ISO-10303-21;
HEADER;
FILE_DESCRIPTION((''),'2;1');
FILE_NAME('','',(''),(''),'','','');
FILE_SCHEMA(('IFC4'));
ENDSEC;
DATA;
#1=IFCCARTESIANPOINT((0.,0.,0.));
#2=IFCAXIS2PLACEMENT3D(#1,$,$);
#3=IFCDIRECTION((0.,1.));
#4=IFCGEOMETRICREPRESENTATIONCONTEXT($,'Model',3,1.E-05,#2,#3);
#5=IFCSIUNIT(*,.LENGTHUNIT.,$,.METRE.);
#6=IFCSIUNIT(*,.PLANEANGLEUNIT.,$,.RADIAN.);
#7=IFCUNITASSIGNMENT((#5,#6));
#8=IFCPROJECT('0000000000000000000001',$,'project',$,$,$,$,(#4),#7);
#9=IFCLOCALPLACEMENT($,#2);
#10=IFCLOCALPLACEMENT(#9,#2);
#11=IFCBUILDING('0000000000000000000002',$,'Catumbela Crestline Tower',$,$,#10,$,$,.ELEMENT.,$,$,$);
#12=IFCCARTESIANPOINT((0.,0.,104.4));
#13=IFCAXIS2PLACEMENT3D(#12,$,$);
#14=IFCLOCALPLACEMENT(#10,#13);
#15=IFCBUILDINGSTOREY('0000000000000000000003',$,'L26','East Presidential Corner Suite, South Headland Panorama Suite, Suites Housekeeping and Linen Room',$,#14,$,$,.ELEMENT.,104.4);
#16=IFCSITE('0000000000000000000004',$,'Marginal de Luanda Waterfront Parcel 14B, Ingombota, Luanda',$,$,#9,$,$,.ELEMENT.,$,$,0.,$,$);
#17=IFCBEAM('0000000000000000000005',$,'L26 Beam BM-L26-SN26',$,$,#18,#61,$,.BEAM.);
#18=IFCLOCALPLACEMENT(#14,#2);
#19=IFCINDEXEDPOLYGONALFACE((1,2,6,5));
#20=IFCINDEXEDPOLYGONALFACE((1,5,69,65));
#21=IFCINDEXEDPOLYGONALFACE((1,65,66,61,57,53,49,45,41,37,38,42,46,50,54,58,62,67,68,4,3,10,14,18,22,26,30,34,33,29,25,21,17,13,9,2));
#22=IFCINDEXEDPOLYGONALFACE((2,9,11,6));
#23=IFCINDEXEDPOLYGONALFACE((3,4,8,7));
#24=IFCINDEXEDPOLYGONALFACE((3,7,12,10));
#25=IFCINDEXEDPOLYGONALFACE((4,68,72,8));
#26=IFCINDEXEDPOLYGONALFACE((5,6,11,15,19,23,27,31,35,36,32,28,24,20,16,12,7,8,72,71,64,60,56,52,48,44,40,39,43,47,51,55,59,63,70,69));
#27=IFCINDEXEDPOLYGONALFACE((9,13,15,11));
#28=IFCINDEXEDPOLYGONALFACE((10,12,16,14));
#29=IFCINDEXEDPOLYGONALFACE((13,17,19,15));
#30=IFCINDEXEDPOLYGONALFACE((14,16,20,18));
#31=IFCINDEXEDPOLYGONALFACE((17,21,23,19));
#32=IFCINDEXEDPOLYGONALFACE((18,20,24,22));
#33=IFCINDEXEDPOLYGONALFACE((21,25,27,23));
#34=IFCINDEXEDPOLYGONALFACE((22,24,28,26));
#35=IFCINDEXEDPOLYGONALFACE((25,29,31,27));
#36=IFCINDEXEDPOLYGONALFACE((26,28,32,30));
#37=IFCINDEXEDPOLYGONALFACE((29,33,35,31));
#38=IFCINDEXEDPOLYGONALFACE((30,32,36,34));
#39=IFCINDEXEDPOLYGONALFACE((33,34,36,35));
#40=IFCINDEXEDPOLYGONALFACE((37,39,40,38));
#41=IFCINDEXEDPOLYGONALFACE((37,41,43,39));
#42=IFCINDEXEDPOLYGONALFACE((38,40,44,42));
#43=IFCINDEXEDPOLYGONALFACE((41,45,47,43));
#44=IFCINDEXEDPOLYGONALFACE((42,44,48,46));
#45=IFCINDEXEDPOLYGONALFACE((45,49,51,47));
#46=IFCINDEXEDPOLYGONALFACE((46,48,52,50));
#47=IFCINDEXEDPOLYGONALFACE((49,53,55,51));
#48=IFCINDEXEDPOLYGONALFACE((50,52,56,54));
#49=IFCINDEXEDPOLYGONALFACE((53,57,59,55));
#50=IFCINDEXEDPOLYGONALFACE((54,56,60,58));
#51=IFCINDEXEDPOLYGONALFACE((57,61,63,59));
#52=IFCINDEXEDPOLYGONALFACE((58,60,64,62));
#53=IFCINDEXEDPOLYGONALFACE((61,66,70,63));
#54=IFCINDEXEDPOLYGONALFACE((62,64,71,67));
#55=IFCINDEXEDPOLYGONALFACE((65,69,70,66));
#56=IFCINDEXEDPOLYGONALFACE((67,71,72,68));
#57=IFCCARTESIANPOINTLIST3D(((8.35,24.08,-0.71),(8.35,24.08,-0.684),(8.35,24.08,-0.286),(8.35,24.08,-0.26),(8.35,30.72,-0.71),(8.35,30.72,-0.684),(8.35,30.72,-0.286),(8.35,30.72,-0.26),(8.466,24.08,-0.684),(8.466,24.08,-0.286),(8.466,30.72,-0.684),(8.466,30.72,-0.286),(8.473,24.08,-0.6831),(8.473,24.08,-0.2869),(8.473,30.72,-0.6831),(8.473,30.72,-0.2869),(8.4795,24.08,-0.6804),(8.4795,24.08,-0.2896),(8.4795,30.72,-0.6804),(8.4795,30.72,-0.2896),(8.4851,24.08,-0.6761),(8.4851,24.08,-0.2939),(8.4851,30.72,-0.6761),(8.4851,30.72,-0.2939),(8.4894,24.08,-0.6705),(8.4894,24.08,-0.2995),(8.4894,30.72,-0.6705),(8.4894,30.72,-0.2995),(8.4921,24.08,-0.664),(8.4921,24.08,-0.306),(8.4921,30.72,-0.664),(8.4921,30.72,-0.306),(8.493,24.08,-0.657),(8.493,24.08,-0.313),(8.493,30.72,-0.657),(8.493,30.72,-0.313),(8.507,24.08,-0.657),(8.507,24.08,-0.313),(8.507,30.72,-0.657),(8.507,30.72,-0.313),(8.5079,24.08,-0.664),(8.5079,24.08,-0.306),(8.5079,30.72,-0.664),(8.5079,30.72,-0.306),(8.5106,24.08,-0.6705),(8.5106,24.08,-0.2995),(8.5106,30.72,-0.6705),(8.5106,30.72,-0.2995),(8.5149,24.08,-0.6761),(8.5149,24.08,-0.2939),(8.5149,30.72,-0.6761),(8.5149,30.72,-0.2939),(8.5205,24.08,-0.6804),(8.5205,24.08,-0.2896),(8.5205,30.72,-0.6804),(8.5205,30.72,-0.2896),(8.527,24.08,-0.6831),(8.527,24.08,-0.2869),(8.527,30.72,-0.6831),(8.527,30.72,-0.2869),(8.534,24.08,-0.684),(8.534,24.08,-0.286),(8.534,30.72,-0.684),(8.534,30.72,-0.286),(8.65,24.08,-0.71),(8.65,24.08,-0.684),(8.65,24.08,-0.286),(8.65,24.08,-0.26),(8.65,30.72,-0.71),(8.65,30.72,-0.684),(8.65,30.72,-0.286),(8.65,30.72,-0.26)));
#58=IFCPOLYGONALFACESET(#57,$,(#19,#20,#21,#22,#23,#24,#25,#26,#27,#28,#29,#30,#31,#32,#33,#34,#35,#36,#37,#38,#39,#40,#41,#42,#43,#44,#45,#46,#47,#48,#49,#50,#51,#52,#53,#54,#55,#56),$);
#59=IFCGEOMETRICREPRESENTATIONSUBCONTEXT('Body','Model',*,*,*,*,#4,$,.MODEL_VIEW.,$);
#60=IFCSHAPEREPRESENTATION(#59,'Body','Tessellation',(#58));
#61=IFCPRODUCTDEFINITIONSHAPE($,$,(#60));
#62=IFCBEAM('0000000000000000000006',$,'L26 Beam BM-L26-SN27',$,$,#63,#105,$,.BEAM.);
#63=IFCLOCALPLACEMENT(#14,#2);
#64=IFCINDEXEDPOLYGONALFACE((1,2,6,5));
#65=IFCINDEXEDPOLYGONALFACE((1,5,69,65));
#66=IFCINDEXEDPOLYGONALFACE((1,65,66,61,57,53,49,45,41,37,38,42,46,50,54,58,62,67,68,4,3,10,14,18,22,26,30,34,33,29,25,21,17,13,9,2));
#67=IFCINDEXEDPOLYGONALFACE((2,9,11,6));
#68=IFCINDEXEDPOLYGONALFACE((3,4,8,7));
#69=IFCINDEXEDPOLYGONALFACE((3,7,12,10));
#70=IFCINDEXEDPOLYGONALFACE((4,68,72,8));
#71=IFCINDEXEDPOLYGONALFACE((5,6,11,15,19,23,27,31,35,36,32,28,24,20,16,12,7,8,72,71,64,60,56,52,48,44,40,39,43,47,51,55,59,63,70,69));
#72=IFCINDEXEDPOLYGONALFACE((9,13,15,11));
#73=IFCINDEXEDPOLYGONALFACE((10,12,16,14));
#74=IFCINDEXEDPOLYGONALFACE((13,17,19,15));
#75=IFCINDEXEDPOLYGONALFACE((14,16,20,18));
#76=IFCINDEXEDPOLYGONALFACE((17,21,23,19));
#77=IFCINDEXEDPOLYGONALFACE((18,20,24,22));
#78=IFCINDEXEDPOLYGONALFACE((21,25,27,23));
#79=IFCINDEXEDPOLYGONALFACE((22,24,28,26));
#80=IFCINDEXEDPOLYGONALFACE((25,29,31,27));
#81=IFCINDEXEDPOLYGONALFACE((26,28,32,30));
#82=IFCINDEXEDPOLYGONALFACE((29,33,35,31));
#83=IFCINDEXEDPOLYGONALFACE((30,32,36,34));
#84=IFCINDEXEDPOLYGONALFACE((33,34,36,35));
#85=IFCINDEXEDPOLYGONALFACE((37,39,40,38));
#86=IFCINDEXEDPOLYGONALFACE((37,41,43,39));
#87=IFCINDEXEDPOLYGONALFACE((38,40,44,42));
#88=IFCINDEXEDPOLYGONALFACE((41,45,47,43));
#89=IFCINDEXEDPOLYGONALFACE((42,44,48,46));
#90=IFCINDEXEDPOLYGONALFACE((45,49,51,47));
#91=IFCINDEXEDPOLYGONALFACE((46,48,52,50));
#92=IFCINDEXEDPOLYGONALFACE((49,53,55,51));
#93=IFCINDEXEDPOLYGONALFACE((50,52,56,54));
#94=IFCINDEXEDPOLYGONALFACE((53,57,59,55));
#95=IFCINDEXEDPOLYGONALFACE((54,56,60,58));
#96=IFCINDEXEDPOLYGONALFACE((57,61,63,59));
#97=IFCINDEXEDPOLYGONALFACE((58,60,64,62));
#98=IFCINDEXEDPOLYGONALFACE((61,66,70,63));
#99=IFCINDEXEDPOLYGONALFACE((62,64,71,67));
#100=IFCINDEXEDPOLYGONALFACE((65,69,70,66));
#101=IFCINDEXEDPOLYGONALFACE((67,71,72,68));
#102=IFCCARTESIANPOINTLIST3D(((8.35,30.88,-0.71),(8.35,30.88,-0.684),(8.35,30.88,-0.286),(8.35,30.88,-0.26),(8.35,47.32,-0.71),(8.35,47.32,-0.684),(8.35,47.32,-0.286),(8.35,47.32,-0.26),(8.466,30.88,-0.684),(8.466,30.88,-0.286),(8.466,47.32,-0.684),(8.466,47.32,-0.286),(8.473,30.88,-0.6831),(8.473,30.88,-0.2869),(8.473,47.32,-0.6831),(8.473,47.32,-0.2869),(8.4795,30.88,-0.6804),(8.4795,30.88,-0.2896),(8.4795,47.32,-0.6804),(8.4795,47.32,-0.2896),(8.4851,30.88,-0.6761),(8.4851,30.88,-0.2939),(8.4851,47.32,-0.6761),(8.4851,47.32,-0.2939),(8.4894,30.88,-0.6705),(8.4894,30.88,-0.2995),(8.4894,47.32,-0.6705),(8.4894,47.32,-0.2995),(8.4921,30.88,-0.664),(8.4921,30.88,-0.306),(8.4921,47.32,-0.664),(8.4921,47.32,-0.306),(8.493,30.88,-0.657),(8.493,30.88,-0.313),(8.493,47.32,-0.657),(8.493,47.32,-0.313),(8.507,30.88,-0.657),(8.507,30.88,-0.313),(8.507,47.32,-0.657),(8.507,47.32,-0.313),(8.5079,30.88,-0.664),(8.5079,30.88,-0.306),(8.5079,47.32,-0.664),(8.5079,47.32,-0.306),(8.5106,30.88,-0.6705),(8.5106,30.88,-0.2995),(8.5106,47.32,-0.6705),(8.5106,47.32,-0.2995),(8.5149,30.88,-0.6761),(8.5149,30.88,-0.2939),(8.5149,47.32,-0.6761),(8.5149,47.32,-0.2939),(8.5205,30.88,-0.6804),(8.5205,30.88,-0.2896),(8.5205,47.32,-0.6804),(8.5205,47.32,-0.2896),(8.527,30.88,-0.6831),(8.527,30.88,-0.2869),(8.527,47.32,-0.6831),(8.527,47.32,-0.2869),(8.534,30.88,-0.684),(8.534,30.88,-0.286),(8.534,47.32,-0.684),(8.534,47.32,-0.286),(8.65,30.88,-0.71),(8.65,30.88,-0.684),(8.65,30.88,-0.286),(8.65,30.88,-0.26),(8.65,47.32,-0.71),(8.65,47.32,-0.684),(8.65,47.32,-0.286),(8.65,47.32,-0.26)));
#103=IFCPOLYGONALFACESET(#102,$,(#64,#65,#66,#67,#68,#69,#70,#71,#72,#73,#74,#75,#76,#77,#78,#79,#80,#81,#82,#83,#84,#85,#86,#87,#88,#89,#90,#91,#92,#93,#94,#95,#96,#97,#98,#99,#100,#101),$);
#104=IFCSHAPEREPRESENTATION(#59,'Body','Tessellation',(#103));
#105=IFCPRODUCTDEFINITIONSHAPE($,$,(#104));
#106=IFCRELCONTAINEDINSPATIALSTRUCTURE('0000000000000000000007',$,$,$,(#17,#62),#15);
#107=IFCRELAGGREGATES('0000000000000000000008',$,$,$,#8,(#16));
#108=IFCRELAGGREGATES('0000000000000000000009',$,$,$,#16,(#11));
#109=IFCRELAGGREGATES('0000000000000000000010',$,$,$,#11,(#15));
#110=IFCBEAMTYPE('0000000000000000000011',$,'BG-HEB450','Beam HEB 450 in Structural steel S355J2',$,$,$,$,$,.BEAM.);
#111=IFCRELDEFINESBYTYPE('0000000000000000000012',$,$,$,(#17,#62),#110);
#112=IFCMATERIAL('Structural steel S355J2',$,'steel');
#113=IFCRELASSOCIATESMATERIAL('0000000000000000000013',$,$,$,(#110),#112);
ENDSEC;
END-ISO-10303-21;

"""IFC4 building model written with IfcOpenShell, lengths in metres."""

from ifc_helpers import new_model, si_unit, direction, frame, origin, origin_2d, place, context, subcontext, project, spatial, i_section, extrude, material, material_profile, profile_set, type_object, element, save


model = new_model("IFC4")

# Units and contexts
model_context = context("Model", 3, precision=1e-05, world=origin(), true_north=direction((0.0, 1.0)))
body_context = subcontext(model_context, "Body", "Model", "MODEL_VIEW")
ifc_project = project(units=[si_unit("LENGTHUNIT", "METRE"), si_unit("PLANEANGLEUNIT", "RADIAN")], contexts=[model_context])

# Site, building, storey
site_placement = place(None, origin())
site = spatial("IfcSite", under=ifc_project, at=site_placement, Name="Marginal de Luanda Waterfront Parcel 14B, Ingombota, Luanda", CompositionType="ELEMENT", RefElevation=0.0)
building_placement = place(site_placement, origin())
building = spatial("IfcBuilding", under=site, at=building_placement, Name="Catumbela Crestline Tower", CompositionType="ELEMENT")
storey_placement = place(building_placement, frame((0.0, 0.0, 104.4)))
storey = spatial("IfcBuildingStorey", under=building, at=storey_placement, Name="L26", Description="East Presidential Corner Suite, South Headland Panorama Suite, Suites Housekeeping and Linen Room", CompositionType="ELEMENT", Elevation=104.4)

# Beams
ifc_material_1 = material(Name="Structural steel S355J2", Category="steel")
ifc_material_profile_1 = material_profile(ifc_material_1, i_section(OverallWidth=0.3, OverallDepth=0.45, WebThickness=0.014, FlangeThickness=0.026, FilletRadius=0.027, at=origin_2d()), Name="HEB 450")
ifc_profile_set_1 = profile_set([ifc_material_profile_1], Name="Structural steel S355J2")
beam_type = type_object("IfcBeamType", Name="BG-HEB450", Description="Beam HEB 450 in Structural steel S355J2", PredefinedType="BEAM", material=ifc_profile_set_1)
beam_1_placement = place(storey_placement, frame((8.5, 24.08, -0.485), z_axis=(0.0, 1.0, 0.0), x_axis=(-1.0, 0.0, 0.0)))
element("IfcBeam", 1, at=beam_1_placement, inside=storey, type_object=beam_type, Name="L26 Beam BM-L26-SN26", PredefinedType="BEAM", context=body_context, shape_type="SweptSolid", body=[
    extrude(i_section(OverallWidth=0.3, OverallDepth=0.45, WebThickness=0.014, FlangeThickness=0.026, FilletRadius=0.027, at=origin_2d()), origin(), (0.0, 0.0, 1.0), 6.64),
])
beam_2_placement = place(storey_placement, frame((8.5, 30.88, -0.485), z_axis=(0.0, 1.0, 0.0), x_axis=(-1.0, 0.0, 0.0)))
element("IfcBeam", 2, at=beam_2_placement, inside=storey, type_object=beam_type, Name="L26 Beam BM-L26-SN27", PredefinedType="BEAM", context=body_context, shape_type="SweptSolid", body=[
    extrude(i_section(OverallWidth=0.3, OverallDepth=0.45, WebThickness=0.014, FlangeThickness=0.026, FilletRadius=0.027, at=origin_2d()), origin(), (0.0, 0.0, 1.0), 16.44),
])

save(model, "model.ifc")
